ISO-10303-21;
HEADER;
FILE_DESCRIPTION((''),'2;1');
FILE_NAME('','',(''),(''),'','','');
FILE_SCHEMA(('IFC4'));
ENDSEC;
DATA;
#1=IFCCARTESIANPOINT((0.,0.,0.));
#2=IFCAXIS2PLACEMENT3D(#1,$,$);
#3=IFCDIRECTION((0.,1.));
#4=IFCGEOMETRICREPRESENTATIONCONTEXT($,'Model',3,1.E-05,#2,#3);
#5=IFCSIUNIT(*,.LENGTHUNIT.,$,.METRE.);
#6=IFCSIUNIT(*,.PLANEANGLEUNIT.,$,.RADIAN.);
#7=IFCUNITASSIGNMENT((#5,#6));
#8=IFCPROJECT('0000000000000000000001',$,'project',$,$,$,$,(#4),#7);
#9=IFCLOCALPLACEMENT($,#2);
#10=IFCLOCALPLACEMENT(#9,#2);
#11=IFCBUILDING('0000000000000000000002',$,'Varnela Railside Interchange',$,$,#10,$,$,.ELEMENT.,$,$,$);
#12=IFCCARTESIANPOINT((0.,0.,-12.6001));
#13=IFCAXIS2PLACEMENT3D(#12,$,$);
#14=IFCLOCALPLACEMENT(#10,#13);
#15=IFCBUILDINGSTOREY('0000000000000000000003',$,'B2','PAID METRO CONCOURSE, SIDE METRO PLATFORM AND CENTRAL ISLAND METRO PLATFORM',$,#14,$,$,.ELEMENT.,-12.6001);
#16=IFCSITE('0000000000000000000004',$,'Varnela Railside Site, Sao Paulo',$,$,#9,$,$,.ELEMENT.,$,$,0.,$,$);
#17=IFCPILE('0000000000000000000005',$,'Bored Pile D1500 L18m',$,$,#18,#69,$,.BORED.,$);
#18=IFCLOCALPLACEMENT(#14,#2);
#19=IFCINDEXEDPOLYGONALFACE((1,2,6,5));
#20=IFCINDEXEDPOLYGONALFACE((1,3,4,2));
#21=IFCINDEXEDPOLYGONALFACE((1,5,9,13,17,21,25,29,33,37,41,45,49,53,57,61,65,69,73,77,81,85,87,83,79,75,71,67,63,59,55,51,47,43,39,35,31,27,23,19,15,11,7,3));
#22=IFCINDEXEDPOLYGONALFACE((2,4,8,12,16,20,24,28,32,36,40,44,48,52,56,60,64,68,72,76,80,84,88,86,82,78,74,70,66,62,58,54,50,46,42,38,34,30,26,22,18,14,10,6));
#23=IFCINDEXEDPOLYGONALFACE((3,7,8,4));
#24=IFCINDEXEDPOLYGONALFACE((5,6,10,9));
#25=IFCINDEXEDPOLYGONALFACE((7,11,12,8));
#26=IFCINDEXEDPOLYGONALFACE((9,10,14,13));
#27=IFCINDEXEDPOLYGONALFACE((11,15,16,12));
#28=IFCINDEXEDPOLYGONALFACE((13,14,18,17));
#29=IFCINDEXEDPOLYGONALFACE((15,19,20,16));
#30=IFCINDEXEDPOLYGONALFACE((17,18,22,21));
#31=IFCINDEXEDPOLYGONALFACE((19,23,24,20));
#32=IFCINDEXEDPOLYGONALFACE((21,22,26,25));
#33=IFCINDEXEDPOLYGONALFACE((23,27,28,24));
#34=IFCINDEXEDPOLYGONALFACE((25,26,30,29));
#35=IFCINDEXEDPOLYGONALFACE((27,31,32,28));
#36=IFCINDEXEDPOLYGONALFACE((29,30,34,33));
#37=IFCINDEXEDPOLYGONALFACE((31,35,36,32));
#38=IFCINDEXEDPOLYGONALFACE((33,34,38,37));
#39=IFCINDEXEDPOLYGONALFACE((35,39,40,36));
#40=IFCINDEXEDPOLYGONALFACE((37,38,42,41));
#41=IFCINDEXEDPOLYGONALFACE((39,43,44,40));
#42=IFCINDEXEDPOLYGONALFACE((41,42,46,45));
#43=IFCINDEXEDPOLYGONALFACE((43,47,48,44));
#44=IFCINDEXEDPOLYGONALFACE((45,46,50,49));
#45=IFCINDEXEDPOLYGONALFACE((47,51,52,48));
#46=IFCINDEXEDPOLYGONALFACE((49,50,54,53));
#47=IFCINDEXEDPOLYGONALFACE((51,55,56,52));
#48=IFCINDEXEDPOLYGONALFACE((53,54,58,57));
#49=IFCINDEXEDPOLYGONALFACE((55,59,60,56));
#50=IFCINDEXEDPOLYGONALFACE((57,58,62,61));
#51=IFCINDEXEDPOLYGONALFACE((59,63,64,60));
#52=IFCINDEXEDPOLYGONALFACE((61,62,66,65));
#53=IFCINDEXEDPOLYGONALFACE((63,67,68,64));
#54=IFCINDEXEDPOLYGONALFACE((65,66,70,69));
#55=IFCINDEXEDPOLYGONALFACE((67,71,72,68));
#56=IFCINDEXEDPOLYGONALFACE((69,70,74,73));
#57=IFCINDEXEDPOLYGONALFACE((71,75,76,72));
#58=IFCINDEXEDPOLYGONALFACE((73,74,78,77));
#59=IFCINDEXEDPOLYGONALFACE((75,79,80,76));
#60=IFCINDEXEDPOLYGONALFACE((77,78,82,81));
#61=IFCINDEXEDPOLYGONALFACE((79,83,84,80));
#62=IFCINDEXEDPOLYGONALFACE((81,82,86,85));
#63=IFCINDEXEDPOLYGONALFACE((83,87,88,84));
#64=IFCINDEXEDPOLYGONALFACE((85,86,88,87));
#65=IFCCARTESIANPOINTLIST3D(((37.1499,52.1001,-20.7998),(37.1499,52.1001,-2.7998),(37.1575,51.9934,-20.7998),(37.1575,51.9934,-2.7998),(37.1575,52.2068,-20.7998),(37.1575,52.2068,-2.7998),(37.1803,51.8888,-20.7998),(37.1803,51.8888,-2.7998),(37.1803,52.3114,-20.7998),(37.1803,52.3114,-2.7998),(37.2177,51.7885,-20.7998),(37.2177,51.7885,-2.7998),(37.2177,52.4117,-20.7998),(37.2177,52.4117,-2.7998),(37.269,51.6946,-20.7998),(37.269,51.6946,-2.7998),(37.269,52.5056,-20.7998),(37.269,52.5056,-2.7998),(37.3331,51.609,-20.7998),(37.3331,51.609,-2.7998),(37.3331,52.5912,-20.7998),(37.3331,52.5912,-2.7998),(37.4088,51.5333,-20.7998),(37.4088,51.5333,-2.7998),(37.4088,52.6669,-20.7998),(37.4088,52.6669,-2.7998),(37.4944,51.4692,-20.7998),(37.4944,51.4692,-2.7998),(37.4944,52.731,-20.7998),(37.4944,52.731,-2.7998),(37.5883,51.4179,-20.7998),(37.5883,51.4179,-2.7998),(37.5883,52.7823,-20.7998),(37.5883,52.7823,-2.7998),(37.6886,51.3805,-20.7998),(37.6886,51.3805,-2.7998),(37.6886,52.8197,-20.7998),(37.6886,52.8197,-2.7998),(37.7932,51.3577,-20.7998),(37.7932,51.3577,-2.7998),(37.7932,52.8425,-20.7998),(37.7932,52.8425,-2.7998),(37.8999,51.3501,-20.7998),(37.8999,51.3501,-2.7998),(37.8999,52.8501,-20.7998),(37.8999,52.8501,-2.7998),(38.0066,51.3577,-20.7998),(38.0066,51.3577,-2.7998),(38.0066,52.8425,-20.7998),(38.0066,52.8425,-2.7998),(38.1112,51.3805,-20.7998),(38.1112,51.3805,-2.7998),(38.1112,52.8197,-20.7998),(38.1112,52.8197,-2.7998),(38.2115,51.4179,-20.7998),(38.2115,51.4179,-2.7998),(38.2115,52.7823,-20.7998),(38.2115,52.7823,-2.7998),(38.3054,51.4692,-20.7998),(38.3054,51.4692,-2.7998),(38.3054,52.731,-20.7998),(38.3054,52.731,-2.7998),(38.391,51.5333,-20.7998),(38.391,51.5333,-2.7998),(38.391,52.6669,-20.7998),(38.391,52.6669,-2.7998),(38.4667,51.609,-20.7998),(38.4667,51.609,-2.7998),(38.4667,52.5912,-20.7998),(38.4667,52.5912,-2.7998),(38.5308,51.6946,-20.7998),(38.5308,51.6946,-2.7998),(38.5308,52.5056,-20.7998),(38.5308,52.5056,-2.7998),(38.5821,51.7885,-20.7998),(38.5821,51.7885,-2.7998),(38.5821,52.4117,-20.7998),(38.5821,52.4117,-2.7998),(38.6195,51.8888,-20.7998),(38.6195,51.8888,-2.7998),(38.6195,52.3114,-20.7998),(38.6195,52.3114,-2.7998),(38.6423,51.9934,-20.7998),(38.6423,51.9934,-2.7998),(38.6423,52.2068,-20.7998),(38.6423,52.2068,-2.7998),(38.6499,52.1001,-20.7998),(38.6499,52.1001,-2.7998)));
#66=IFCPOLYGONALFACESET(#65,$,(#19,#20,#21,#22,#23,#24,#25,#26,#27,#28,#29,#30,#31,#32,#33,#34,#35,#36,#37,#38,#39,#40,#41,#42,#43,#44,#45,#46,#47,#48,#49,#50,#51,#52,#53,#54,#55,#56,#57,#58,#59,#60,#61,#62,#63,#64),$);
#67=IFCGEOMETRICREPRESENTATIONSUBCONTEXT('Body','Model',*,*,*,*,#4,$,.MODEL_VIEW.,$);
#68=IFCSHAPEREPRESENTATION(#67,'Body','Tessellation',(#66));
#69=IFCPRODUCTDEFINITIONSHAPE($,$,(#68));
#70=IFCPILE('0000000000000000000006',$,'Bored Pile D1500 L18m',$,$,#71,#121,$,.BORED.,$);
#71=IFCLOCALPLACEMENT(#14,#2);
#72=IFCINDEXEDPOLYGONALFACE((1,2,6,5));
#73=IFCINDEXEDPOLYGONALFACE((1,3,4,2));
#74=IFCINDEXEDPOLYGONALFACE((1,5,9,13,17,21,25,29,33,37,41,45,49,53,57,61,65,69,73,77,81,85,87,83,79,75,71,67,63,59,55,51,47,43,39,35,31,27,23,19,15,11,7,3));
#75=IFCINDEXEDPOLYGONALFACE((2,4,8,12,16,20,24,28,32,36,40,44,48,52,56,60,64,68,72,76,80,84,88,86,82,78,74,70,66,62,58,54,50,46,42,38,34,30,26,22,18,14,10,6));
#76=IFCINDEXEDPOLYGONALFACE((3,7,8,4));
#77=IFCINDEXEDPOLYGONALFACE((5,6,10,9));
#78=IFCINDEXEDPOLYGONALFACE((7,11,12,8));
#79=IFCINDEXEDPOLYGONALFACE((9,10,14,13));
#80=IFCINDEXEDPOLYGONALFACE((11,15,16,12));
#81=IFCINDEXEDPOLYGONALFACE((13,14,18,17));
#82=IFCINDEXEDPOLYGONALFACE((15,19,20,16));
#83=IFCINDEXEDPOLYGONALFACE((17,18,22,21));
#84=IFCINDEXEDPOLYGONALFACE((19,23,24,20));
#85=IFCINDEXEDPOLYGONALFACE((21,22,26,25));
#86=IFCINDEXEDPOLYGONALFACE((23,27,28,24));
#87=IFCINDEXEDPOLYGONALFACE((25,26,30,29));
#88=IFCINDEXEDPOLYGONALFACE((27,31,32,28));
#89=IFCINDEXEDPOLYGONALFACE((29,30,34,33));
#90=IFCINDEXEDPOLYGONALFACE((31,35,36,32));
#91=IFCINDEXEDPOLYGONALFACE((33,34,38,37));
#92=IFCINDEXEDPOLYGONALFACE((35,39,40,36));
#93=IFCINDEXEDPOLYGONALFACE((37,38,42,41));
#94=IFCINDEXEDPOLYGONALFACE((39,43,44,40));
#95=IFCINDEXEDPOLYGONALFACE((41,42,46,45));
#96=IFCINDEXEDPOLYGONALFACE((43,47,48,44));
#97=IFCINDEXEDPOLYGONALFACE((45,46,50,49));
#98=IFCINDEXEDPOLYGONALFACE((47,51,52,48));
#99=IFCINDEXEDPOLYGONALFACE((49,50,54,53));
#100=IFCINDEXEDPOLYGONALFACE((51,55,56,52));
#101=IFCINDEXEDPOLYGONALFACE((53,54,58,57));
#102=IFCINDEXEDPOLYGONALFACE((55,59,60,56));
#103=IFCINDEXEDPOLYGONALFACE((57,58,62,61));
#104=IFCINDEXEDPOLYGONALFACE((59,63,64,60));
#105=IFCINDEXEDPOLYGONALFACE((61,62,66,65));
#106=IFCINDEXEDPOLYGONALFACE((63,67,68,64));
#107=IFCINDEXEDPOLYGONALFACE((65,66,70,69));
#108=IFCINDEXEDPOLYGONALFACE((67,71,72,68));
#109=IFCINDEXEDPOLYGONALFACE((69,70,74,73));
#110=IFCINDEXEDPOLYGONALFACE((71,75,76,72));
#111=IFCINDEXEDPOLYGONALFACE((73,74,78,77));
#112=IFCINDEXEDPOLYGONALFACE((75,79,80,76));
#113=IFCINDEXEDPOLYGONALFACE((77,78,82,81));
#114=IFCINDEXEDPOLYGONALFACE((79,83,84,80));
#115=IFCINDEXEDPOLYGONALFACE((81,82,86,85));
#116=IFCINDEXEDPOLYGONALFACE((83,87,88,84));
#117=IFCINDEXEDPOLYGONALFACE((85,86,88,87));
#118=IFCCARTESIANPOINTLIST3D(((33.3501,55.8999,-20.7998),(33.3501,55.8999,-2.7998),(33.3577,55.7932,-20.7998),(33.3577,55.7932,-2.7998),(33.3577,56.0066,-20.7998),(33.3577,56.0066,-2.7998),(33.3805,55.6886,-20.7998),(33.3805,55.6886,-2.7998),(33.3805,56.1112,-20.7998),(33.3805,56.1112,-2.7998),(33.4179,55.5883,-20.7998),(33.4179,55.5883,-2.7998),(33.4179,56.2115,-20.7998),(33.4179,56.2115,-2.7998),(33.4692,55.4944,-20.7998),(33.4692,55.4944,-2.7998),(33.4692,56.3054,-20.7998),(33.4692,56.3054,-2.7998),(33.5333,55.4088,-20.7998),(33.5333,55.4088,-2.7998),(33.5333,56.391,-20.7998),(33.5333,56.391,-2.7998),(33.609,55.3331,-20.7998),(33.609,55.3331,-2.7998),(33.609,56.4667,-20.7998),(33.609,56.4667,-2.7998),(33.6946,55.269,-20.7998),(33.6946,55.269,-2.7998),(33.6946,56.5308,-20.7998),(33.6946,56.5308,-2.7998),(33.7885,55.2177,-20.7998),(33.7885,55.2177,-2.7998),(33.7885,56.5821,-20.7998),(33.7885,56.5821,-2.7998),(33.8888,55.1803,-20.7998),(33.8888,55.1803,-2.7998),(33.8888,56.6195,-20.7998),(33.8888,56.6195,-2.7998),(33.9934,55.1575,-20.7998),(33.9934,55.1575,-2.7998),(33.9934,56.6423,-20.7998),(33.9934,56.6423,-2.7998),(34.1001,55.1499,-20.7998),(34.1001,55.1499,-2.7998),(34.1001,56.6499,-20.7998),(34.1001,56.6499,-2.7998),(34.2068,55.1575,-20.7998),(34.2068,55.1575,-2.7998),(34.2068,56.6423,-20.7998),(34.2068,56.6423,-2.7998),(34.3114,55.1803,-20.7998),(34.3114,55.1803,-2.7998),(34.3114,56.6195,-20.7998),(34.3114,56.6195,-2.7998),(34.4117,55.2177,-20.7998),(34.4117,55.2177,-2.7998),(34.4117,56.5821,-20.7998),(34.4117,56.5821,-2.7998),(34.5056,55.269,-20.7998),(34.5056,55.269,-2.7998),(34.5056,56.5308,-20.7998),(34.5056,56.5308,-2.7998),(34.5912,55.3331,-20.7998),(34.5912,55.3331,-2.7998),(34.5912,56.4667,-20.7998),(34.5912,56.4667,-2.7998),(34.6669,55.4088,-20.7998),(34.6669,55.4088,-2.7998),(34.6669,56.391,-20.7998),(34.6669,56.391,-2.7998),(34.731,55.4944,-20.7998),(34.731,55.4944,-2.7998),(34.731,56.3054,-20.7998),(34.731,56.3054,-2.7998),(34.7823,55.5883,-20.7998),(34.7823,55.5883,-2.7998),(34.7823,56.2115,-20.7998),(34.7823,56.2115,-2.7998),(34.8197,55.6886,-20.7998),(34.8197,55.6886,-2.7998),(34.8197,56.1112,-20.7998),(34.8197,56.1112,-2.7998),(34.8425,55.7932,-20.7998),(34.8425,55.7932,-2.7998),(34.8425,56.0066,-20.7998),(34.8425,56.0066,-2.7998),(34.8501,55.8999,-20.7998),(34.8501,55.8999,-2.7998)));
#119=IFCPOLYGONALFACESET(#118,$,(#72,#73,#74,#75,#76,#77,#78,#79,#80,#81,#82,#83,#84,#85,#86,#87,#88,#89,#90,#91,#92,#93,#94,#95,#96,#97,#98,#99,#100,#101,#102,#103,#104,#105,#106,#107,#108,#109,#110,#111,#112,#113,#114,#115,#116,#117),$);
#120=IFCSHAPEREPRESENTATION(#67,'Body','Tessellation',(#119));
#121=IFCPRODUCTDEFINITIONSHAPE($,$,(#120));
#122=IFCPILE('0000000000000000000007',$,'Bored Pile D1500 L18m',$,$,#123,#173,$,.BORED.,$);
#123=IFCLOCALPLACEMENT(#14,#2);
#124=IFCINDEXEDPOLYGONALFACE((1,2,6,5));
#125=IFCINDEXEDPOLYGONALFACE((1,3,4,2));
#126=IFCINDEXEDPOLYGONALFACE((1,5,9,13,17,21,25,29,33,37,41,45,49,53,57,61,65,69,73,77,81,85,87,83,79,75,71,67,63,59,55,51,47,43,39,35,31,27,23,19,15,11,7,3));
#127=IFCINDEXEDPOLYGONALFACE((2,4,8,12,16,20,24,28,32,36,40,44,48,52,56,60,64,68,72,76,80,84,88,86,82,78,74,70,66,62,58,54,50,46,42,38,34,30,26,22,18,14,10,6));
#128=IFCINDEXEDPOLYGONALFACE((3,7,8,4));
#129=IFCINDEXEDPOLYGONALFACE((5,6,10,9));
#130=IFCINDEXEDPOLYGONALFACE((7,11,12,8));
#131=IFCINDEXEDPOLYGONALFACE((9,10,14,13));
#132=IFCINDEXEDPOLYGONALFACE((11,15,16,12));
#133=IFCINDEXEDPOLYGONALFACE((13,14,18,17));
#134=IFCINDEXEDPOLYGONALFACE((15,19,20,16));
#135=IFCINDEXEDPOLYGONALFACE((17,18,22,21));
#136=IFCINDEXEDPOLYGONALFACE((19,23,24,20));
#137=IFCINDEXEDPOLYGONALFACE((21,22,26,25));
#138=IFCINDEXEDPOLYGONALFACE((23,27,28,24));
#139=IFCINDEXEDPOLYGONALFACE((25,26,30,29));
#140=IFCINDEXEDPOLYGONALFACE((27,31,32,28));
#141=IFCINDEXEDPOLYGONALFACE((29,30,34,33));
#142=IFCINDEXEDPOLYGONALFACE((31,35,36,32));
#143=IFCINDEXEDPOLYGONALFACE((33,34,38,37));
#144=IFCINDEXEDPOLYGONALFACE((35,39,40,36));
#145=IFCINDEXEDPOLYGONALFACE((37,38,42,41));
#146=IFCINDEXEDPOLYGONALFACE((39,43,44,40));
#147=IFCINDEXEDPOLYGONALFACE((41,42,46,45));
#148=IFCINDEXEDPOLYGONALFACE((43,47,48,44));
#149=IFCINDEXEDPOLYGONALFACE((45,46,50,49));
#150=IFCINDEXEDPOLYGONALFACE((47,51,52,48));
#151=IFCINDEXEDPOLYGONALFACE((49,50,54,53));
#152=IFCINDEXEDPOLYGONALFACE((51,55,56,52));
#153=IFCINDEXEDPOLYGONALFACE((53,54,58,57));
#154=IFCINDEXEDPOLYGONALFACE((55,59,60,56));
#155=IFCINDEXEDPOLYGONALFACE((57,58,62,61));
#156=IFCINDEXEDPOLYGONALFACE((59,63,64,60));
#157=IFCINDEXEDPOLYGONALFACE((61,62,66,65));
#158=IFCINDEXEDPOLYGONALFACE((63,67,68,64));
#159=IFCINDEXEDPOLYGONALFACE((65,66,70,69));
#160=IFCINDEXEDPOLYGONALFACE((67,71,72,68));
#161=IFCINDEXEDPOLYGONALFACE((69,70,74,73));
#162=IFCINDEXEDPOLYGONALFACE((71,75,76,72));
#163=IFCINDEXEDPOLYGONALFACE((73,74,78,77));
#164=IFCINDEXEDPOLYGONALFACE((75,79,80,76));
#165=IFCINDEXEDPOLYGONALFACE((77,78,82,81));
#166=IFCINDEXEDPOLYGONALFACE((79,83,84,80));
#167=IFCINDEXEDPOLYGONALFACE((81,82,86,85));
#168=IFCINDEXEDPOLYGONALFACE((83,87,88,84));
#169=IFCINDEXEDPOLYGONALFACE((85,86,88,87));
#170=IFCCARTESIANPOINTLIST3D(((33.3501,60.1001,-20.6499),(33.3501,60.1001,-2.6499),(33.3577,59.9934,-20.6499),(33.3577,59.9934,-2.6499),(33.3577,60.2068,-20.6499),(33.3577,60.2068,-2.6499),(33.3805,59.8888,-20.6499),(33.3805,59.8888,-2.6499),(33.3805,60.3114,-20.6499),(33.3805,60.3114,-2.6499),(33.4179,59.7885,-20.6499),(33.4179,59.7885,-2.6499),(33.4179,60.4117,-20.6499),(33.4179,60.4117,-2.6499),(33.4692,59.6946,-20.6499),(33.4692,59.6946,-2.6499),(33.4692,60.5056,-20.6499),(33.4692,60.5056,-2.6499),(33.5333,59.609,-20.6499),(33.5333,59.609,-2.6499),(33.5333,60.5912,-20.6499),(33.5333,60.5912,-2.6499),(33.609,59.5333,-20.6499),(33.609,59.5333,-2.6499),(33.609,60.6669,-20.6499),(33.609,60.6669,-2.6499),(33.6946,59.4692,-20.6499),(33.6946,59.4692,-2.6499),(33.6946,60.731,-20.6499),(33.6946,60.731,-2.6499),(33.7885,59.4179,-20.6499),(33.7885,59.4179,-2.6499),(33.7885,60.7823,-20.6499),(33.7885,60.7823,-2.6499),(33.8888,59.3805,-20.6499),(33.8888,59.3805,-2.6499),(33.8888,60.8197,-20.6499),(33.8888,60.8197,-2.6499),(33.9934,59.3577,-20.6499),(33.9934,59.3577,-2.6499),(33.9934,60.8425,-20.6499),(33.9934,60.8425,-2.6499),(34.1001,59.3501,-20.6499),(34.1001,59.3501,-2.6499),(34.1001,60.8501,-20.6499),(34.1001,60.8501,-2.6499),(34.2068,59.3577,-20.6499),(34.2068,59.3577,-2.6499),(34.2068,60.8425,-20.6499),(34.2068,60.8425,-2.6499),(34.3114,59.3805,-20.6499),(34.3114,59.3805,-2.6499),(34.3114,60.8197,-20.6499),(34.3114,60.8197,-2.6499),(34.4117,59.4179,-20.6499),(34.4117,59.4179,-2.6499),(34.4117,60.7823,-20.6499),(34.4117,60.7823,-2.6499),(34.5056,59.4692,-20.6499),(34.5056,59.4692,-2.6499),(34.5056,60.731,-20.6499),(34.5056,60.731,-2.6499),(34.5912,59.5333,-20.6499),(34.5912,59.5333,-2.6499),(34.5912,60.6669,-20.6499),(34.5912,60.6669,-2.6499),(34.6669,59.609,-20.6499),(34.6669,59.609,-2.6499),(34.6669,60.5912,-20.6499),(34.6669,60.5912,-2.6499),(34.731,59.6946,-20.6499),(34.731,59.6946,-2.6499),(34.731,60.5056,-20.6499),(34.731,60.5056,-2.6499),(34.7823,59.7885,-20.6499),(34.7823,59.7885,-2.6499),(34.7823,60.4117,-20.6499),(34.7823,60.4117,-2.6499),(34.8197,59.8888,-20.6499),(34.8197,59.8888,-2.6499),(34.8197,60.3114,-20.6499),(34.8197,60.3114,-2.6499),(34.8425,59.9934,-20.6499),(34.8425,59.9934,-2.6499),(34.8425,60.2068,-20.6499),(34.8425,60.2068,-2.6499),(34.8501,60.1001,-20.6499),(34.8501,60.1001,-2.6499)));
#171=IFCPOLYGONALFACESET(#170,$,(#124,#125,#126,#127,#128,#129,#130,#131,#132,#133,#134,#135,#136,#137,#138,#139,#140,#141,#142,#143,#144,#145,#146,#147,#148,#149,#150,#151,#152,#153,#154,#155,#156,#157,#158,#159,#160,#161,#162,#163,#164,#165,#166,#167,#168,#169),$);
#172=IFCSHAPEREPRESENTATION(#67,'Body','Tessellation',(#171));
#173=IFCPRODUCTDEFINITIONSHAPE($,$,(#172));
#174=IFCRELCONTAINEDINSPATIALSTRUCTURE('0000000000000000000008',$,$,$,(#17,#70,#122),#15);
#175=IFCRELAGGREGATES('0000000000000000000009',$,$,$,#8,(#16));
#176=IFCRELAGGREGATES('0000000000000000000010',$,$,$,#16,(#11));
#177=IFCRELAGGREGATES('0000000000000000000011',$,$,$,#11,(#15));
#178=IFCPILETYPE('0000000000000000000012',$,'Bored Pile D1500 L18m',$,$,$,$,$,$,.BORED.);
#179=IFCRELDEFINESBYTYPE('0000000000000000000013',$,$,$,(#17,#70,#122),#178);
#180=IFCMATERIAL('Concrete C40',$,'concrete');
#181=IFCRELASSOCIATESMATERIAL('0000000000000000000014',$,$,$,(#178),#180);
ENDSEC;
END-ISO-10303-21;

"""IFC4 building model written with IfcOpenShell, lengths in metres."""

from ifc_helpers import new_model, si_unit, direction, frame, origin, origin_2d, place, context, subcontext, project, spatial, circle, extrude, material, material_profile, profile_set, type_object, element, save


model = new_model("IFC4")

# Units and contexts
model_context = context("Model", 3, precision=1e-05, world=origin(), true_north=direction((0.0, 1.0)))
body_context = subcontext(model_context, "Body", "Model", "MODEL_VIEW")
ifc_project = project(units=[si_unit("LENGTHUNIT", "METRE"), si_unit("PLANEANGLEUNIT", "RADIAN")], contexts=[model_context])

# Site, building, storey
site_placement = place(None, origin())
site = spatial("IfcSite", under=ifc_project, at=site_placement, Name="Varnela Railside Site, Sao Paulo", CompositionType="ELEMENT", RefElevation=0.0)
building_placement = place(site_placement, origin())
building = spatial("IfcBuilding", under=site, at=building_placement, Name="Varnela Railside Interchange", CompositionType="ELEMENT")
storey_placement = place(building_placement, frame((0.0, 0.0, -12.6001)))
storey = spatial("IfcBuildingStorey", under=building, at=storey_placement, Name="B2", Description="PAID METRO CONCOURSE, SIDE METRO PLATFORM AND CENTRAL ISLAND METRO PLATFORM", CompositionType="ELEMENT", Elevation=-12.6001)

# Piles
ifc_material_1 = material(Name="Concrete C40", Category="concrete")
ifc_material_profile_1 = material_profile(ifc_material_1, circle(Radius=0.75, at=origin_2d()), Name="BORED PILE D1500")
ifc_profile_set_1 = profile_set([ifc_material_profile_1], Name="Concrete C40")
pile_type = type_object("IfcPileType", Name="Bored Pile D1500 L18m", PredefinedType="BORED", material=ifc_profile_set_1)
for number, where, z_axis, x_axis, name in (
    (1, (37.8999, 52.1001, -2.7998), (0.0, 0.0, -1.0), (1.0, 0.0, 0.0), "Bored Pile D1500 L18m"),
    (2, (34.1001, 55.8999, -2.7998), (0.0, 0.0, -1.0), (1.0, 0.0, 0.0), "Bored Pile D1500 L18m"),
    (3, (34.1001, 60.1001, -2.6499), (0.0, 0.0, -1.0), (1.0, 0.0, 0.0), "Bored Pile D1500 L18m"),
):
    element("IfcPile", number, at=place(storey_placement, frame(where, z_axis=z_axis, x_axis=x_axis)), inside=storey, type_object=pile_type, Name=name, PredefinedType="BORED", context=body_context, shape_type="SweptSolid", body=[
        extrude(circle(Radius=0.75, at=origin_2d()), origin(), (0.0, 0.0, 1.0), 18.0),
    ])

save(model, "model.ifc")
